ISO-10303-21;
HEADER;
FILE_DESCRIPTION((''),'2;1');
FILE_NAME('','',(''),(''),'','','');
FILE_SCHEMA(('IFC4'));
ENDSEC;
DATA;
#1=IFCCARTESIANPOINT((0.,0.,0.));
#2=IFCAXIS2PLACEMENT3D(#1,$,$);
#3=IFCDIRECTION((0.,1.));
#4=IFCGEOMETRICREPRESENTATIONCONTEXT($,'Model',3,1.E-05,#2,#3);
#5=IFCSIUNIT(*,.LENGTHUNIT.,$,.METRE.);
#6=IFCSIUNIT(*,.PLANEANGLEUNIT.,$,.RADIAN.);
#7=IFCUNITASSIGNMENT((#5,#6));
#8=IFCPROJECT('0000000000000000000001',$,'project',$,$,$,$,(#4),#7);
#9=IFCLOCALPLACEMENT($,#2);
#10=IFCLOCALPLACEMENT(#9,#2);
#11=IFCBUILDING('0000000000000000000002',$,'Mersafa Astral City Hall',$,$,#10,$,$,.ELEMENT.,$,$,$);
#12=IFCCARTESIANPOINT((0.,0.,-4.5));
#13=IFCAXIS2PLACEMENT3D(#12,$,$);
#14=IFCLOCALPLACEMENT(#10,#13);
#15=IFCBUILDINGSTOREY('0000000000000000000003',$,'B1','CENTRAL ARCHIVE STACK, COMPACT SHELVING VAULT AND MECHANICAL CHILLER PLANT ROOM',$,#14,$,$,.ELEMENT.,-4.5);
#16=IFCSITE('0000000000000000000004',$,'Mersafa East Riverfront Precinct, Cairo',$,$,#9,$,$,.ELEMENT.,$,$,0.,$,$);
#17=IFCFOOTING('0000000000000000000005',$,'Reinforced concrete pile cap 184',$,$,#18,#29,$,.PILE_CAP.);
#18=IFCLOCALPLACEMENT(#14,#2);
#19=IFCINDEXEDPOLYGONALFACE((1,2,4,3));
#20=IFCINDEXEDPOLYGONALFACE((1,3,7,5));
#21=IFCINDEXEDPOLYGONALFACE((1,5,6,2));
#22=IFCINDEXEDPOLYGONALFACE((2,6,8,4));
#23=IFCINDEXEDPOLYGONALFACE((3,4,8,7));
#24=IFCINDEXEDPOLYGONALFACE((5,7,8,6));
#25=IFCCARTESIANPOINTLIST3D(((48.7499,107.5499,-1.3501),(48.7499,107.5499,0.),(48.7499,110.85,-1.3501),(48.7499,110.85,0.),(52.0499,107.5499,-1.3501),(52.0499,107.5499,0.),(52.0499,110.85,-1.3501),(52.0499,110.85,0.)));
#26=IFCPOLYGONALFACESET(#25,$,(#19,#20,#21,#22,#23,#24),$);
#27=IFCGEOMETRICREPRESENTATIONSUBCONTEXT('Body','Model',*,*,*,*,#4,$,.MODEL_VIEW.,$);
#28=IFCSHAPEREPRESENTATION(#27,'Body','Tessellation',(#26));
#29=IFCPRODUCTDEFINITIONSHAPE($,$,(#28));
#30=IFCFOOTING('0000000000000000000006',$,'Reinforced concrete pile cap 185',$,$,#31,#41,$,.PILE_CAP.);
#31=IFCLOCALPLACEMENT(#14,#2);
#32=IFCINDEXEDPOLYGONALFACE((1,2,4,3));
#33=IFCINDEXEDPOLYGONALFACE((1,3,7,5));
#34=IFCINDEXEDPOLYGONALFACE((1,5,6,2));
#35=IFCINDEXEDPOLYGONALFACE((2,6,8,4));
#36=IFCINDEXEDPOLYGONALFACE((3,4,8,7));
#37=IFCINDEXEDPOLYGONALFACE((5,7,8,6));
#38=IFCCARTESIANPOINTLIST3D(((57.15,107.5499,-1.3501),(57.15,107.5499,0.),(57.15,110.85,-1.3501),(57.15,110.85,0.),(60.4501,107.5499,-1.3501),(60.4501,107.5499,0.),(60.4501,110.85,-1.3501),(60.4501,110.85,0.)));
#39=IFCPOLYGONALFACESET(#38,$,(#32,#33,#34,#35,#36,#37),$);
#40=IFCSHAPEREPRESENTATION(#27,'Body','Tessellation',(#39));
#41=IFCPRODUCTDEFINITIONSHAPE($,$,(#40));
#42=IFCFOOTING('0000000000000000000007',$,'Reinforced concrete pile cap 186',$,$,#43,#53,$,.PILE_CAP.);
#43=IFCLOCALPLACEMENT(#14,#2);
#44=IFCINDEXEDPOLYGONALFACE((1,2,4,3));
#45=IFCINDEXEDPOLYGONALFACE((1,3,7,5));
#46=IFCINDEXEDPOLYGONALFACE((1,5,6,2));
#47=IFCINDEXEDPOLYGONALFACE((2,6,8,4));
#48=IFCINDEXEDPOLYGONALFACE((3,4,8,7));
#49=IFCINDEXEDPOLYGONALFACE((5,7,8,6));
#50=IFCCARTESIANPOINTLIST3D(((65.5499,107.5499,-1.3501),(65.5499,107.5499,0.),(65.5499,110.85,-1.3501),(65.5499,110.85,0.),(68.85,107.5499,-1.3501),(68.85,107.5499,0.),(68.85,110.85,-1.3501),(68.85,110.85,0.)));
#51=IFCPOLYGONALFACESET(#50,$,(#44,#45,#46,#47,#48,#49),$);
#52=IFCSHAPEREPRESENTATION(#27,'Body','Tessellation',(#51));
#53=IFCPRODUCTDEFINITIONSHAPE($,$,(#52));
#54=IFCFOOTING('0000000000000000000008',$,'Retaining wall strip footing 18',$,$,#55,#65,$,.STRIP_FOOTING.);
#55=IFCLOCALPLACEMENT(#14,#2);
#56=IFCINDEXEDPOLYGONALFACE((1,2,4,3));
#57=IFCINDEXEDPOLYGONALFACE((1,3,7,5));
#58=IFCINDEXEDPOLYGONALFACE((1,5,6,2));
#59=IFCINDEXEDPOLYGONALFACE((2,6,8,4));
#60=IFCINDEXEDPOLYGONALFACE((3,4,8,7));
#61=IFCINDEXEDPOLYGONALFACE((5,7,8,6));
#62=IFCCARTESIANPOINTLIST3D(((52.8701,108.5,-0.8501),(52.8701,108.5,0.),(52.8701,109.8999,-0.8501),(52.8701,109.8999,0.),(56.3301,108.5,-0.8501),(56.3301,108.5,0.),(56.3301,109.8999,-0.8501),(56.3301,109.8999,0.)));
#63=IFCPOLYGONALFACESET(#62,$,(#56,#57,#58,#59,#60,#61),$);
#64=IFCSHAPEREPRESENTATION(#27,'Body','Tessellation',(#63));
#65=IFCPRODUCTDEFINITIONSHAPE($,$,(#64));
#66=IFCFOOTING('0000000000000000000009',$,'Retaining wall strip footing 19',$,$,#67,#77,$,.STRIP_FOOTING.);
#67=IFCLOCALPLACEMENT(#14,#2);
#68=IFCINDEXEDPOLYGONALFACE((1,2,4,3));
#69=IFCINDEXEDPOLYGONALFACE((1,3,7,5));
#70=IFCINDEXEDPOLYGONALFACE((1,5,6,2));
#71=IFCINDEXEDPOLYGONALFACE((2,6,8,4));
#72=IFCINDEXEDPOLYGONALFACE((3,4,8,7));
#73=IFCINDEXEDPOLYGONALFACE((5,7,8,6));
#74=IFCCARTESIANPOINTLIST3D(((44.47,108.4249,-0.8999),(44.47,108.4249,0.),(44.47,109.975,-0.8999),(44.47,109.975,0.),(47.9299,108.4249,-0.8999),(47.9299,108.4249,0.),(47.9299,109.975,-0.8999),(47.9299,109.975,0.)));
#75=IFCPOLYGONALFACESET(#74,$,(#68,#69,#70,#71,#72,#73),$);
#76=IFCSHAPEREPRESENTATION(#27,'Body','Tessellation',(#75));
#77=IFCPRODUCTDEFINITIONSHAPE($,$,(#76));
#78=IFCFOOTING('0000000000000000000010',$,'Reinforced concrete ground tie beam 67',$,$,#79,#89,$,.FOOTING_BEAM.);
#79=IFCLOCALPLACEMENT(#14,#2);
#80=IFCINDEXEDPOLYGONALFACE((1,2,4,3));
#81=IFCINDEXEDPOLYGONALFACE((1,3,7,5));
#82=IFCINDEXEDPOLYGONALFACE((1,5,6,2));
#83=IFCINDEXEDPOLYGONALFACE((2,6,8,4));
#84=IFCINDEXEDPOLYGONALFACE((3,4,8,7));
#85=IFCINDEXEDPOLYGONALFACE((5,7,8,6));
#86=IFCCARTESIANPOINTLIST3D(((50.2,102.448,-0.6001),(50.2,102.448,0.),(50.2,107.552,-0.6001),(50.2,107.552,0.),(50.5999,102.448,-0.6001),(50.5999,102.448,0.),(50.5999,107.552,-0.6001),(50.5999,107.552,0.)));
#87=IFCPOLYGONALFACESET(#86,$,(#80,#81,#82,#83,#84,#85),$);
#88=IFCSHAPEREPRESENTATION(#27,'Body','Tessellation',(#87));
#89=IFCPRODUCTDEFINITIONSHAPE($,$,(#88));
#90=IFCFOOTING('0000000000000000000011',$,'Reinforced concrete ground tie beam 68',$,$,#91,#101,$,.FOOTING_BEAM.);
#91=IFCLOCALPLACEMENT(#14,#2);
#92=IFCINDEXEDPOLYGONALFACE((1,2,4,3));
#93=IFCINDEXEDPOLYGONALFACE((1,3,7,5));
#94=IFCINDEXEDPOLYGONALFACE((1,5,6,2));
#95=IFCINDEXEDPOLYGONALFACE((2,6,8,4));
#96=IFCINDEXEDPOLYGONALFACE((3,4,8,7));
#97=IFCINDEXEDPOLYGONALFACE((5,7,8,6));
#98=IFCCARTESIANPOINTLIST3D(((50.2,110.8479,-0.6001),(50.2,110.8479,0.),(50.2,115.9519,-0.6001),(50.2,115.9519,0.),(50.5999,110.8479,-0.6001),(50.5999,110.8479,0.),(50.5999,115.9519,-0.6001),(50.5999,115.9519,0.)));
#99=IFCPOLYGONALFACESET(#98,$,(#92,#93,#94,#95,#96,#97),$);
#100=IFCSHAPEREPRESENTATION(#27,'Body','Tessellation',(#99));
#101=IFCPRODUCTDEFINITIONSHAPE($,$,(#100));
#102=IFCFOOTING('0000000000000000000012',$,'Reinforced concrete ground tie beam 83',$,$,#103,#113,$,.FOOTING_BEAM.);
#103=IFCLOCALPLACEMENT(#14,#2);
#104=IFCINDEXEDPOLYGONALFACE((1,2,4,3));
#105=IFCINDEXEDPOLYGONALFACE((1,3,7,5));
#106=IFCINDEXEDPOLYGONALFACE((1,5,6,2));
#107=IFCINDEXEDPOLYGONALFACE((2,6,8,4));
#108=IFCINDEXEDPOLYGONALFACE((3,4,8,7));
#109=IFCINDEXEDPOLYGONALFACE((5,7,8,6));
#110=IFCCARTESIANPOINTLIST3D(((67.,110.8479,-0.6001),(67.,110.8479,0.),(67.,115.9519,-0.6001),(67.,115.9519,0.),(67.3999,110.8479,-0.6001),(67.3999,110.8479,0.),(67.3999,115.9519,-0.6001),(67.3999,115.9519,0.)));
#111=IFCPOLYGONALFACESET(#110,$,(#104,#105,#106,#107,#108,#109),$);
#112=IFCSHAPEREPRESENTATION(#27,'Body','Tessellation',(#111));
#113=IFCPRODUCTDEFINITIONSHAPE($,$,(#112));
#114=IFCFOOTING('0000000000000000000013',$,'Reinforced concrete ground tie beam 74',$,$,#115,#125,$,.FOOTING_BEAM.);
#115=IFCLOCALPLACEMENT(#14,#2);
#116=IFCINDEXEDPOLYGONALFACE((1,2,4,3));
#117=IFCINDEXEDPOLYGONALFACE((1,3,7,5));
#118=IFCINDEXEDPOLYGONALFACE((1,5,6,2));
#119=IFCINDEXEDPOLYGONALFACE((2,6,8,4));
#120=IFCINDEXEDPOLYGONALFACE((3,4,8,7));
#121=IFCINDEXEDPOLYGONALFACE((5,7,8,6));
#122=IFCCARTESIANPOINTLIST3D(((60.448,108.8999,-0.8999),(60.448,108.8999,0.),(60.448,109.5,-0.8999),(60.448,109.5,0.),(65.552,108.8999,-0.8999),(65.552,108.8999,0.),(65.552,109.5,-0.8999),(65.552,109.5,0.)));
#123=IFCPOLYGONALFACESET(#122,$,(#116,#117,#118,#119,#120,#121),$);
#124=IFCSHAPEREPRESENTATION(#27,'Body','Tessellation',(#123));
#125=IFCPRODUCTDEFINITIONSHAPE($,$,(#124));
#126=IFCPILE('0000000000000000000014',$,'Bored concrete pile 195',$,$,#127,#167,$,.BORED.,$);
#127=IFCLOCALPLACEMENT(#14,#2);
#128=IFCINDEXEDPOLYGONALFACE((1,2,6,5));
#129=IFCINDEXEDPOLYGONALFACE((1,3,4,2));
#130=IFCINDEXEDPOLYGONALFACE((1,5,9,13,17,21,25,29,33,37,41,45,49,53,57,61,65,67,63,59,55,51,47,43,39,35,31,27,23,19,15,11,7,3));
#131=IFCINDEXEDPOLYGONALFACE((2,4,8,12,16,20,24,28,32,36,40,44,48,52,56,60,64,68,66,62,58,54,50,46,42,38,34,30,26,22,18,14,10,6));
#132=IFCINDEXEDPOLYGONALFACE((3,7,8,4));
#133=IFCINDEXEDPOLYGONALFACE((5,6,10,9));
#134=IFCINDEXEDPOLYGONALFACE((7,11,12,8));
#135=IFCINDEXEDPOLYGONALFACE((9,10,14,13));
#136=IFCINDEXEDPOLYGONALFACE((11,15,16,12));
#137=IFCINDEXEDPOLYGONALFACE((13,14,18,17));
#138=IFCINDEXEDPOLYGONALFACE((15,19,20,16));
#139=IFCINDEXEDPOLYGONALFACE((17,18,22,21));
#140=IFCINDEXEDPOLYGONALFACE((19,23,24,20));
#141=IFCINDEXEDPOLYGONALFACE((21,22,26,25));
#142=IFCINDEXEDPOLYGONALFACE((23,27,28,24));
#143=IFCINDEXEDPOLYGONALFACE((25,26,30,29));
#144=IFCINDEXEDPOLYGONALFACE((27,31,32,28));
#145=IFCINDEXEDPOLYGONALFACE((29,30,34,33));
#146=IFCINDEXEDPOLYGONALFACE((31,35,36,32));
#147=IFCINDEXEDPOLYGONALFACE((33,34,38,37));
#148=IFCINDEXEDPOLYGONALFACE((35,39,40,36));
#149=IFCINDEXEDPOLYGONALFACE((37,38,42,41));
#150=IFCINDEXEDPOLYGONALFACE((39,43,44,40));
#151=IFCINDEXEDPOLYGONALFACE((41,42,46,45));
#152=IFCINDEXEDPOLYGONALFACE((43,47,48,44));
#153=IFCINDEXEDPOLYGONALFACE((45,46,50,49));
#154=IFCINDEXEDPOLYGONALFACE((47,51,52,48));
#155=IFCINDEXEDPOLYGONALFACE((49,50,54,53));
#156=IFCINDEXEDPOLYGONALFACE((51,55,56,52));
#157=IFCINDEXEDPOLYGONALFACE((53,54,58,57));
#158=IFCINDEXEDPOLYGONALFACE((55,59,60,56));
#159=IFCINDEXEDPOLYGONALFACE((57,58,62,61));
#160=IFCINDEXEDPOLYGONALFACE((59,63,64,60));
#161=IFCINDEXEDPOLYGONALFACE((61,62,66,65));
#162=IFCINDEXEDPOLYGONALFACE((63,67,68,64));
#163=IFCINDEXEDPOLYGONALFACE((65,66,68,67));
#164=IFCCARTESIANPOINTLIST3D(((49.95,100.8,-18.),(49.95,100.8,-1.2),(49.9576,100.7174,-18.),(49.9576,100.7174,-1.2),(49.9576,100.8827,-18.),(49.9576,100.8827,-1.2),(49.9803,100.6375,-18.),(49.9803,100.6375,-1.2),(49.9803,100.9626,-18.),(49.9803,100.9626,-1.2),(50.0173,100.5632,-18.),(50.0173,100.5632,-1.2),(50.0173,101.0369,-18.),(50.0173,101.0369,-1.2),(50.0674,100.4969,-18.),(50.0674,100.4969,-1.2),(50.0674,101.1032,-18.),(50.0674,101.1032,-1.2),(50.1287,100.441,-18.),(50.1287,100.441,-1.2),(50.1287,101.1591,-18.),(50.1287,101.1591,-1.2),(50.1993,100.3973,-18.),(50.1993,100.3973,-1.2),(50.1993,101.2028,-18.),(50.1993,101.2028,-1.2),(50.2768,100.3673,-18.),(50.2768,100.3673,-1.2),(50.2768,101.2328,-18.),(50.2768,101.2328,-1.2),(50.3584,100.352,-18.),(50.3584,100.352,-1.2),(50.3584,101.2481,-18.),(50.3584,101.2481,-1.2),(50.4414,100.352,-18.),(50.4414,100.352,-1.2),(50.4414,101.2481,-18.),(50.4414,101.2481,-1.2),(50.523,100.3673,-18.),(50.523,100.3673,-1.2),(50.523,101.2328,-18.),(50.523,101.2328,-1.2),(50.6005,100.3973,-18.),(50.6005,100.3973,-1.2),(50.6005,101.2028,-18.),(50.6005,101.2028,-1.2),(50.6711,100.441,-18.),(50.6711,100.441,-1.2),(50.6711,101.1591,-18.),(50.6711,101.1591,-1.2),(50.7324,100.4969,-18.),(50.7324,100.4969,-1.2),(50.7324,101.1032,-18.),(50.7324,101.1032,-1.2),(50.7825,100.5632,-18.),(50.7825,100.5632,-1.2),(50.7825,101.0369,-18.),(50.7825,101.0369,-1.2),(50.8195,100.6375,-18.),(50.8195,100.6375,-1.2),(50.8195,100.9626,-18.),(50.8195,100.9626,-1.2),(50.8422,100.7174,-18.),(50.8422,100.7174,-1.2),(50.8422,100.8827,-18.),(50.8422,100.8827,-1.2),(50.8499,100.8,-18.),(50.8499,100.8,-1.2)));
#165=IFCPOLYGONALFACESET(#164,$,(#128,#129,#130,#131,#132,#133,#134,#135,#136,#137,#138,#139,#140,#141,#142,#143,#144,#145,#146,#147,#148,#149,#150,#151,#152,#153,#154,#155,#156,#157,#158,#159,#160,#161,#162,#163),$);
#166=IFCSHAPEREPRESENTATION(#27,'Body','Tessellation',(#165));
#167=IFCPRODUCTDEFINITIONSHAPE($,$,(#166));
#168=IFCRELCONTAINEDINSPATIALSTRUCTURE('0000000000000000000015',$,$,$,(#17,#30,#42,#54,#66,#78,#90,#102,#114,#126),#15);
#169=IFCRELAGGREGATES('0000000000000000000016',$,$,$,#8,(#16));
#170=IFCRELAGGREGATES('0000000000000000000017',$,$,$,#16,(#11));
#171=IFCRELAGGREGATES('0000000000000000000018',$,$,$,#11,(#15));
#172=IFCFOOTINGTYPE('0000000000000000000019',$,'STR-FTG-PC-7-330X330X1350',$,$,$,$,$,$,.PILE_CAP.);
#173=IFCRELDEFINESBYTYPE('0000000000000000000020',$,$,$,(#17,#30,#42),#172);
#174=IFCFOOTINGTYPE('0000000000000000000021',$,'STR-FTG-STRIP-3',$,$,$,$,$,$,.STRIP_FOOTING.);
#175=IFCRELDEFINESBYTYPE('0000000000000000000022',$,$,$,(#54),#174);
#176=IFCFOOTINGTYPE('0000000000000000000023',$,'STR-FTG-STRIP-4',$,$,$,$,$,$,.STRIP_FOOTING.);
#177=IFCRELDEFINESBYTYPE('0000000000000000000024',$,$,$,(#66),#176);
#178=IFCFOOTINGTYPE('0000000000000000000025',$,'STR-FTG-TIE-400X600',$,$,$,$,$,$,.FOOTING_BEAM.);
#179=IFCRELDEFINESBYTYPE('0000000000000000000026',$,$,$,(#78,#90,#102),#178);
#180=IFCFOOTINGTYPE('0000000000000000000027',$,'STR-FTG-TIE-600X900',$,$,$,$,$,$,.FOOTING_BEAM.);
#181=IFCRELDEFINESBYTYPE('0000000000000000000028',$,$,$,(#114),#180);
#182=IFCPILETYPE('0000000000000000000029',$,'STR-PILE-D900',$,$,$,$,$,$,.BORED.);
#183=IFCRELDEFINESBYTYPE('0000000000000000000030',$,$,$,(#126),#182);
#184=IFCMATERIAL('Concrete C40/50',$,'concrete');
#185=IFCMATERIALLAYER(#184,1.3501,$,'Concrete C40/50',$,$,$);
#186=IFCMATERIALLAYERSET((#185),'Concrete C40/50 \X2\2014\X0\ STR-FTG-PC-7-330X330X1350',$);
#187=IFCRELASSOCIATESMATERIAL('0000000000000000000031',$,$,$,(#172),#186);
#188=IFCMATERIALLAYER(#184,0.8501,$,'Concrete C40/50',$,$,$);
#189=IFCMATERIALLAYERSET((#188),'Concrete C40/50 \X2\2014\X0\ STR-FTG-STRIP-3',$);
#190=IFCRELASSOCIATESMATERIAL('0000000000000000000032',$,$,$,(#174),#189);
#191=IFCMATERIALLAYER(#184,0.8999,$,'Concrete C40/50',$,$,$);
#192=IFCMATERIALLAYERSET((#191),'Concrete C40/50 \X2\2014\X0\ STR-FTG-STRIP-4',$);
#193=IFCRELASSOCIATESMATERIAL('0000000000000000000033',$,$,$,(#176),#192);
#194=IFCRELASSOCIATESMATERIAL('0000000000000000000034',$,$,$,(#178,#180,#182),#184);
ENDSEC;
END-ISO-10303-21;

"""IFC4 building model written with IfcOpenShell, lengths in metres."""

from ifc_helpers import new_model, si_unit, direction, frame, origin, origin_2d, place, context, subcontext, project, spatial, rectangle, circle, extrude, material, layer, layer_set, material_profile, profile_set, type_object, element, save


model = new_model("IFC4")

# Units and contexts
model_context = context("Model", 3, precision=1e-05, world=origin(), true_north=direction((0.0, 1.0)))
body_context = subcontext(model_context, "Body", "Model", "MODEL_VIEW")
ifc_project = project(units=[si_unit("LENGTHUNIT", "METRE"), si_unit("PLANEANGLEUNIT", "RADIAN")], contexts=[model_context])

# Site, building, storey
site_placement = place(None, origin())
site = spatial("IfcSite", under=ifc_project, at=site_placement, Name="Mersafa East Riverfront Precinct, Cairo", CompositionType="ELEMENT", RefElevation=0.0)
building_placement = place(site_placement, origin())
building = spatial("IfcBuilding", under=site, at=building_placement, Name="Mersafa Astral City Hall", CompositionType="ELEMENT")
storey_placement = place(building_placement, frame((0.0, 0.0, -4.5)))
storey = spatial("IfcBuildingStorey", under=building, at=storey_placement, Name="B1", Description="CENTRAL ARCHIVE STACK, COMPACT SHELVING VAULT AND MECHANICAL CHILLER PLANT ROOM", CompositionType="ELEMENT", Elevation=-4.5)

# Footings
ifc_material_1 = material(Name="Concrete C40/50", Category="concrete")
ifc_layer_1 = layer(ifc_material_1, 1.3501, Name="Concrete C40/50")
ifc_layer_set_1 = layer_set([ifc_layer_1], Name="Concrete C40/50 — STR-FTG-PC-7-330X330X1350")
footing_type_1 = type_object("IfcFootingType", Name="STR-FTG-PC-7-330X330X1350", PredefinedType="PILE_CAP", material=ifc_layer_set_1)
for number, where, z_axis, x_axis, name in (
    (1, (50.3999, 109.2, -1.3501), (0.0, 0.0, 1.0), (1.0, 0.0, 0.0), "Reinforced concrete pile cap 184"),
    (2, (58.8, 109.2, -1.3501), (0.0, 0.0, 1.0), (1.0, 0.0, 0.0), "Reinforced concrete pile cap 185"),
    (3, (67.2, 109.2, -1.3501), (0.0, 0.0, 1.0), (1.0, 0.0, 0.0), "Reinforced concrete pile cap 186"),
):
    element("IfcFooting", number, at=place(storey_placement, frame(where, z_axis=z_axis, x_axis=x_axis)), inside=storey, type_object=footing_type_1, Name=name, PredefinedType="PILE_CAP", context=body_context, shape_type="SweptSolid", body=[
        extrude(rectangle(XDim=3.3, YDim=3.3, at=origin_2d()), origin(), (0.0, 0.0, 1.0), 1.3501),
    ])
ifc_layer_2 = layer(ifc_material_1, 0.8501, Name="Concrete C40/50")
ifc_layer_set_2 = layer_set([ifc_layer_2], Name="Concrete C40/50 — STR-FTG-STRIP-3")
footing_type_2 = type_object("IfcFootingType", Name="STR-FTG-STRIP-3", PredefinedType="STRIP_FOOTING", material=ifc_layer_set_2)
footing_1_placement = place(storey_placement, frame((54.6001, 109.2, -0.8501), z_axis=(0.0, 0.0, 1.0), x_axis=(-1.0, 0.0, 0.0)))
element("IfcFooting", 4, at=footing_1_placement, inside=storey, type_object=footing_type_2, Name="Retaining wall strip footing 18", PredefinedType="STRIP_FOOTING", context=body_context, shape_type="SweptSolid", body=[
    extrude(rectangle(XDim=3.46, YDim=1.3999, at=origin_2d()), origin(), (0.0, 0.0, 1.0), 0.8501),
])
ifc_layer_3 = layer(ifc_material_1, 0.8999, Name="Concrete C40/50")
ifc_layer_set_3 = layer_set([ifc_layer_3], Name="Concrete C40/50 — STR-FTG-STRIP-4")
footing_type_3 = type_object("IfcFootingType", Name="STR-FTG-STRIP-4", PredefinedType="STRIP_FOOTING", material=ifc_layer_set_3)
footing_2_placement = place(storey_placement, frame((46.2, 109.2, -0.8999), z_axis=(0.0, 0.0, 1.0), x_axis=(-1.0, 0.0, 0.0)))
element("IfcFooting", 5, at=footing_2_placement, inside=storey, type_object=footing_type_3, Name="Retaining wall strip footing 19", PredefinedType="STRIP_FOOTING", context=body_context, shape_type="SweptSolid", body=[
    extrude(rectangle(XDim=3.46, YDim=1.55, at=origin_2d()), origin(), (0.0, 0.0, 1.0), 0.8999),
])
ifc_material_profile_1 = material_profile(ifc_material_1, rectangle(XDim=0.3999, YDim=0.6001, at=origin_2d()), Name="RC 400x600")
ifc_profile_set_1 = profile_set([ifc_material_profile_1], Name="Concrete C40/50")
footing_type_4 = type_object("IfcFootingType", Name="STR-FTG-TIE-400X600", PredefinedType="FOOTING_BEAM", material=ifc_profile_set_1)
for number, where, z_axis, x_axis, name in (
    (6, (50.3999, 102.448, -0.3), (0.0, 1.0, 0.0), (-1.0, 0.0, 0.0), "Reinforced concrete ground tie beam 67"),
    (7, (50.3999, 110.8479, -0.3), (0.0, 1.0, 0.0), (-1.0, 0.0, 0.0), "Reinforced concrete ground tie beam 68"),
    (8, (67.2, 110.8479, -0.3), (0.0, 1.0, 0.0), (-1.0, 0.0, 0.0), "Reinforced concrete ground tie beam 83"),
):
    element("IfcFooting", number, at=place(storey_placement, frame(where, z_axis=z_axis, x_axis=x_axis)), inside=storey, type_object=footing_type_4, Name=name, PredefinedType="FOOTING_BEAM", context=body_context, shape_type="SweptSolid", body=[
        extrude(rectangle(XDim=0.3999, YDim=0.6001, at=origin_2d()), origin(), (0.0, 0.0, 1.0), 5.104),
    ])
ifc_material_profile_2 = material_profile(ifc_material_1, rectangle(XDim=0.6001, YDim=0.8999, at=origin_2d()), Name="RC 600x900")
ifc_profile_set_2 = profile_set([ifc_material_profile_2], Name="Concrete C40/50")
footing_type_5 = type_object("IfcFootingType", Name="STR-FTG-TIE-600X900", PredefinedType="FOOTING_BEAM", material=ifc_profile_set_2)
footing_3_placement = place(storey_placement, frame((60.448, 109.2, -0.45), z_axis=(1.0, 0.0, 0.0), x_axis=(0.0, 1.0, 0.0)))
element("IfcFooting", 9, at=footing_3_placement, inside=storey, type_object=footing_type_5, Name="Reinforced concrete ground tie beam 74", PredefinedType="FOOTING_BEAM", context=body_context, shape_type="SweptSolid", body=[
    extrude(rectangle(XDim=0.6001, YDim=0.8999, at=origin_2d()), origin(), (0.0, 0.0, 1.0), 5.104),
])

# Pile
ifc_material_profile_3 = material_profile(ifc_material_1, circle(Radius=0.45, at=origin_2d()), Name="PILE D900")
ifc_profile_set_3 = profile_set([ifc_material_profile_3], Name="Concrete C40/50")
pile_type = type_object("IfcPileType", Name="STR-PILE-D900", PredefinedType="BORED", material=ifc_profile_set_3)
for number, where, z_axis, x_axis, name in (
    (10, (50.3999, 100.8, -1.2), (0.0, 0.0, -1.0), (1.0, 0.0, 0.0), "Bored concrete pile 195"),
):
    element("IfcPile", number, at=place(storey_placement, frame(where, z_axis=z_axis, x_axis=x_axis)), inside=storey, type_object=pile_type, Name=name, PredefinedType="BORED", context=body_context, shape_type="SweptSolid", body=[
        extrude(circle(Radius=0.45, at=origin_2d()), origin(), (0.0, 0.0, 1.0), 16.8),
    ])

save(model, "model.ifc")
